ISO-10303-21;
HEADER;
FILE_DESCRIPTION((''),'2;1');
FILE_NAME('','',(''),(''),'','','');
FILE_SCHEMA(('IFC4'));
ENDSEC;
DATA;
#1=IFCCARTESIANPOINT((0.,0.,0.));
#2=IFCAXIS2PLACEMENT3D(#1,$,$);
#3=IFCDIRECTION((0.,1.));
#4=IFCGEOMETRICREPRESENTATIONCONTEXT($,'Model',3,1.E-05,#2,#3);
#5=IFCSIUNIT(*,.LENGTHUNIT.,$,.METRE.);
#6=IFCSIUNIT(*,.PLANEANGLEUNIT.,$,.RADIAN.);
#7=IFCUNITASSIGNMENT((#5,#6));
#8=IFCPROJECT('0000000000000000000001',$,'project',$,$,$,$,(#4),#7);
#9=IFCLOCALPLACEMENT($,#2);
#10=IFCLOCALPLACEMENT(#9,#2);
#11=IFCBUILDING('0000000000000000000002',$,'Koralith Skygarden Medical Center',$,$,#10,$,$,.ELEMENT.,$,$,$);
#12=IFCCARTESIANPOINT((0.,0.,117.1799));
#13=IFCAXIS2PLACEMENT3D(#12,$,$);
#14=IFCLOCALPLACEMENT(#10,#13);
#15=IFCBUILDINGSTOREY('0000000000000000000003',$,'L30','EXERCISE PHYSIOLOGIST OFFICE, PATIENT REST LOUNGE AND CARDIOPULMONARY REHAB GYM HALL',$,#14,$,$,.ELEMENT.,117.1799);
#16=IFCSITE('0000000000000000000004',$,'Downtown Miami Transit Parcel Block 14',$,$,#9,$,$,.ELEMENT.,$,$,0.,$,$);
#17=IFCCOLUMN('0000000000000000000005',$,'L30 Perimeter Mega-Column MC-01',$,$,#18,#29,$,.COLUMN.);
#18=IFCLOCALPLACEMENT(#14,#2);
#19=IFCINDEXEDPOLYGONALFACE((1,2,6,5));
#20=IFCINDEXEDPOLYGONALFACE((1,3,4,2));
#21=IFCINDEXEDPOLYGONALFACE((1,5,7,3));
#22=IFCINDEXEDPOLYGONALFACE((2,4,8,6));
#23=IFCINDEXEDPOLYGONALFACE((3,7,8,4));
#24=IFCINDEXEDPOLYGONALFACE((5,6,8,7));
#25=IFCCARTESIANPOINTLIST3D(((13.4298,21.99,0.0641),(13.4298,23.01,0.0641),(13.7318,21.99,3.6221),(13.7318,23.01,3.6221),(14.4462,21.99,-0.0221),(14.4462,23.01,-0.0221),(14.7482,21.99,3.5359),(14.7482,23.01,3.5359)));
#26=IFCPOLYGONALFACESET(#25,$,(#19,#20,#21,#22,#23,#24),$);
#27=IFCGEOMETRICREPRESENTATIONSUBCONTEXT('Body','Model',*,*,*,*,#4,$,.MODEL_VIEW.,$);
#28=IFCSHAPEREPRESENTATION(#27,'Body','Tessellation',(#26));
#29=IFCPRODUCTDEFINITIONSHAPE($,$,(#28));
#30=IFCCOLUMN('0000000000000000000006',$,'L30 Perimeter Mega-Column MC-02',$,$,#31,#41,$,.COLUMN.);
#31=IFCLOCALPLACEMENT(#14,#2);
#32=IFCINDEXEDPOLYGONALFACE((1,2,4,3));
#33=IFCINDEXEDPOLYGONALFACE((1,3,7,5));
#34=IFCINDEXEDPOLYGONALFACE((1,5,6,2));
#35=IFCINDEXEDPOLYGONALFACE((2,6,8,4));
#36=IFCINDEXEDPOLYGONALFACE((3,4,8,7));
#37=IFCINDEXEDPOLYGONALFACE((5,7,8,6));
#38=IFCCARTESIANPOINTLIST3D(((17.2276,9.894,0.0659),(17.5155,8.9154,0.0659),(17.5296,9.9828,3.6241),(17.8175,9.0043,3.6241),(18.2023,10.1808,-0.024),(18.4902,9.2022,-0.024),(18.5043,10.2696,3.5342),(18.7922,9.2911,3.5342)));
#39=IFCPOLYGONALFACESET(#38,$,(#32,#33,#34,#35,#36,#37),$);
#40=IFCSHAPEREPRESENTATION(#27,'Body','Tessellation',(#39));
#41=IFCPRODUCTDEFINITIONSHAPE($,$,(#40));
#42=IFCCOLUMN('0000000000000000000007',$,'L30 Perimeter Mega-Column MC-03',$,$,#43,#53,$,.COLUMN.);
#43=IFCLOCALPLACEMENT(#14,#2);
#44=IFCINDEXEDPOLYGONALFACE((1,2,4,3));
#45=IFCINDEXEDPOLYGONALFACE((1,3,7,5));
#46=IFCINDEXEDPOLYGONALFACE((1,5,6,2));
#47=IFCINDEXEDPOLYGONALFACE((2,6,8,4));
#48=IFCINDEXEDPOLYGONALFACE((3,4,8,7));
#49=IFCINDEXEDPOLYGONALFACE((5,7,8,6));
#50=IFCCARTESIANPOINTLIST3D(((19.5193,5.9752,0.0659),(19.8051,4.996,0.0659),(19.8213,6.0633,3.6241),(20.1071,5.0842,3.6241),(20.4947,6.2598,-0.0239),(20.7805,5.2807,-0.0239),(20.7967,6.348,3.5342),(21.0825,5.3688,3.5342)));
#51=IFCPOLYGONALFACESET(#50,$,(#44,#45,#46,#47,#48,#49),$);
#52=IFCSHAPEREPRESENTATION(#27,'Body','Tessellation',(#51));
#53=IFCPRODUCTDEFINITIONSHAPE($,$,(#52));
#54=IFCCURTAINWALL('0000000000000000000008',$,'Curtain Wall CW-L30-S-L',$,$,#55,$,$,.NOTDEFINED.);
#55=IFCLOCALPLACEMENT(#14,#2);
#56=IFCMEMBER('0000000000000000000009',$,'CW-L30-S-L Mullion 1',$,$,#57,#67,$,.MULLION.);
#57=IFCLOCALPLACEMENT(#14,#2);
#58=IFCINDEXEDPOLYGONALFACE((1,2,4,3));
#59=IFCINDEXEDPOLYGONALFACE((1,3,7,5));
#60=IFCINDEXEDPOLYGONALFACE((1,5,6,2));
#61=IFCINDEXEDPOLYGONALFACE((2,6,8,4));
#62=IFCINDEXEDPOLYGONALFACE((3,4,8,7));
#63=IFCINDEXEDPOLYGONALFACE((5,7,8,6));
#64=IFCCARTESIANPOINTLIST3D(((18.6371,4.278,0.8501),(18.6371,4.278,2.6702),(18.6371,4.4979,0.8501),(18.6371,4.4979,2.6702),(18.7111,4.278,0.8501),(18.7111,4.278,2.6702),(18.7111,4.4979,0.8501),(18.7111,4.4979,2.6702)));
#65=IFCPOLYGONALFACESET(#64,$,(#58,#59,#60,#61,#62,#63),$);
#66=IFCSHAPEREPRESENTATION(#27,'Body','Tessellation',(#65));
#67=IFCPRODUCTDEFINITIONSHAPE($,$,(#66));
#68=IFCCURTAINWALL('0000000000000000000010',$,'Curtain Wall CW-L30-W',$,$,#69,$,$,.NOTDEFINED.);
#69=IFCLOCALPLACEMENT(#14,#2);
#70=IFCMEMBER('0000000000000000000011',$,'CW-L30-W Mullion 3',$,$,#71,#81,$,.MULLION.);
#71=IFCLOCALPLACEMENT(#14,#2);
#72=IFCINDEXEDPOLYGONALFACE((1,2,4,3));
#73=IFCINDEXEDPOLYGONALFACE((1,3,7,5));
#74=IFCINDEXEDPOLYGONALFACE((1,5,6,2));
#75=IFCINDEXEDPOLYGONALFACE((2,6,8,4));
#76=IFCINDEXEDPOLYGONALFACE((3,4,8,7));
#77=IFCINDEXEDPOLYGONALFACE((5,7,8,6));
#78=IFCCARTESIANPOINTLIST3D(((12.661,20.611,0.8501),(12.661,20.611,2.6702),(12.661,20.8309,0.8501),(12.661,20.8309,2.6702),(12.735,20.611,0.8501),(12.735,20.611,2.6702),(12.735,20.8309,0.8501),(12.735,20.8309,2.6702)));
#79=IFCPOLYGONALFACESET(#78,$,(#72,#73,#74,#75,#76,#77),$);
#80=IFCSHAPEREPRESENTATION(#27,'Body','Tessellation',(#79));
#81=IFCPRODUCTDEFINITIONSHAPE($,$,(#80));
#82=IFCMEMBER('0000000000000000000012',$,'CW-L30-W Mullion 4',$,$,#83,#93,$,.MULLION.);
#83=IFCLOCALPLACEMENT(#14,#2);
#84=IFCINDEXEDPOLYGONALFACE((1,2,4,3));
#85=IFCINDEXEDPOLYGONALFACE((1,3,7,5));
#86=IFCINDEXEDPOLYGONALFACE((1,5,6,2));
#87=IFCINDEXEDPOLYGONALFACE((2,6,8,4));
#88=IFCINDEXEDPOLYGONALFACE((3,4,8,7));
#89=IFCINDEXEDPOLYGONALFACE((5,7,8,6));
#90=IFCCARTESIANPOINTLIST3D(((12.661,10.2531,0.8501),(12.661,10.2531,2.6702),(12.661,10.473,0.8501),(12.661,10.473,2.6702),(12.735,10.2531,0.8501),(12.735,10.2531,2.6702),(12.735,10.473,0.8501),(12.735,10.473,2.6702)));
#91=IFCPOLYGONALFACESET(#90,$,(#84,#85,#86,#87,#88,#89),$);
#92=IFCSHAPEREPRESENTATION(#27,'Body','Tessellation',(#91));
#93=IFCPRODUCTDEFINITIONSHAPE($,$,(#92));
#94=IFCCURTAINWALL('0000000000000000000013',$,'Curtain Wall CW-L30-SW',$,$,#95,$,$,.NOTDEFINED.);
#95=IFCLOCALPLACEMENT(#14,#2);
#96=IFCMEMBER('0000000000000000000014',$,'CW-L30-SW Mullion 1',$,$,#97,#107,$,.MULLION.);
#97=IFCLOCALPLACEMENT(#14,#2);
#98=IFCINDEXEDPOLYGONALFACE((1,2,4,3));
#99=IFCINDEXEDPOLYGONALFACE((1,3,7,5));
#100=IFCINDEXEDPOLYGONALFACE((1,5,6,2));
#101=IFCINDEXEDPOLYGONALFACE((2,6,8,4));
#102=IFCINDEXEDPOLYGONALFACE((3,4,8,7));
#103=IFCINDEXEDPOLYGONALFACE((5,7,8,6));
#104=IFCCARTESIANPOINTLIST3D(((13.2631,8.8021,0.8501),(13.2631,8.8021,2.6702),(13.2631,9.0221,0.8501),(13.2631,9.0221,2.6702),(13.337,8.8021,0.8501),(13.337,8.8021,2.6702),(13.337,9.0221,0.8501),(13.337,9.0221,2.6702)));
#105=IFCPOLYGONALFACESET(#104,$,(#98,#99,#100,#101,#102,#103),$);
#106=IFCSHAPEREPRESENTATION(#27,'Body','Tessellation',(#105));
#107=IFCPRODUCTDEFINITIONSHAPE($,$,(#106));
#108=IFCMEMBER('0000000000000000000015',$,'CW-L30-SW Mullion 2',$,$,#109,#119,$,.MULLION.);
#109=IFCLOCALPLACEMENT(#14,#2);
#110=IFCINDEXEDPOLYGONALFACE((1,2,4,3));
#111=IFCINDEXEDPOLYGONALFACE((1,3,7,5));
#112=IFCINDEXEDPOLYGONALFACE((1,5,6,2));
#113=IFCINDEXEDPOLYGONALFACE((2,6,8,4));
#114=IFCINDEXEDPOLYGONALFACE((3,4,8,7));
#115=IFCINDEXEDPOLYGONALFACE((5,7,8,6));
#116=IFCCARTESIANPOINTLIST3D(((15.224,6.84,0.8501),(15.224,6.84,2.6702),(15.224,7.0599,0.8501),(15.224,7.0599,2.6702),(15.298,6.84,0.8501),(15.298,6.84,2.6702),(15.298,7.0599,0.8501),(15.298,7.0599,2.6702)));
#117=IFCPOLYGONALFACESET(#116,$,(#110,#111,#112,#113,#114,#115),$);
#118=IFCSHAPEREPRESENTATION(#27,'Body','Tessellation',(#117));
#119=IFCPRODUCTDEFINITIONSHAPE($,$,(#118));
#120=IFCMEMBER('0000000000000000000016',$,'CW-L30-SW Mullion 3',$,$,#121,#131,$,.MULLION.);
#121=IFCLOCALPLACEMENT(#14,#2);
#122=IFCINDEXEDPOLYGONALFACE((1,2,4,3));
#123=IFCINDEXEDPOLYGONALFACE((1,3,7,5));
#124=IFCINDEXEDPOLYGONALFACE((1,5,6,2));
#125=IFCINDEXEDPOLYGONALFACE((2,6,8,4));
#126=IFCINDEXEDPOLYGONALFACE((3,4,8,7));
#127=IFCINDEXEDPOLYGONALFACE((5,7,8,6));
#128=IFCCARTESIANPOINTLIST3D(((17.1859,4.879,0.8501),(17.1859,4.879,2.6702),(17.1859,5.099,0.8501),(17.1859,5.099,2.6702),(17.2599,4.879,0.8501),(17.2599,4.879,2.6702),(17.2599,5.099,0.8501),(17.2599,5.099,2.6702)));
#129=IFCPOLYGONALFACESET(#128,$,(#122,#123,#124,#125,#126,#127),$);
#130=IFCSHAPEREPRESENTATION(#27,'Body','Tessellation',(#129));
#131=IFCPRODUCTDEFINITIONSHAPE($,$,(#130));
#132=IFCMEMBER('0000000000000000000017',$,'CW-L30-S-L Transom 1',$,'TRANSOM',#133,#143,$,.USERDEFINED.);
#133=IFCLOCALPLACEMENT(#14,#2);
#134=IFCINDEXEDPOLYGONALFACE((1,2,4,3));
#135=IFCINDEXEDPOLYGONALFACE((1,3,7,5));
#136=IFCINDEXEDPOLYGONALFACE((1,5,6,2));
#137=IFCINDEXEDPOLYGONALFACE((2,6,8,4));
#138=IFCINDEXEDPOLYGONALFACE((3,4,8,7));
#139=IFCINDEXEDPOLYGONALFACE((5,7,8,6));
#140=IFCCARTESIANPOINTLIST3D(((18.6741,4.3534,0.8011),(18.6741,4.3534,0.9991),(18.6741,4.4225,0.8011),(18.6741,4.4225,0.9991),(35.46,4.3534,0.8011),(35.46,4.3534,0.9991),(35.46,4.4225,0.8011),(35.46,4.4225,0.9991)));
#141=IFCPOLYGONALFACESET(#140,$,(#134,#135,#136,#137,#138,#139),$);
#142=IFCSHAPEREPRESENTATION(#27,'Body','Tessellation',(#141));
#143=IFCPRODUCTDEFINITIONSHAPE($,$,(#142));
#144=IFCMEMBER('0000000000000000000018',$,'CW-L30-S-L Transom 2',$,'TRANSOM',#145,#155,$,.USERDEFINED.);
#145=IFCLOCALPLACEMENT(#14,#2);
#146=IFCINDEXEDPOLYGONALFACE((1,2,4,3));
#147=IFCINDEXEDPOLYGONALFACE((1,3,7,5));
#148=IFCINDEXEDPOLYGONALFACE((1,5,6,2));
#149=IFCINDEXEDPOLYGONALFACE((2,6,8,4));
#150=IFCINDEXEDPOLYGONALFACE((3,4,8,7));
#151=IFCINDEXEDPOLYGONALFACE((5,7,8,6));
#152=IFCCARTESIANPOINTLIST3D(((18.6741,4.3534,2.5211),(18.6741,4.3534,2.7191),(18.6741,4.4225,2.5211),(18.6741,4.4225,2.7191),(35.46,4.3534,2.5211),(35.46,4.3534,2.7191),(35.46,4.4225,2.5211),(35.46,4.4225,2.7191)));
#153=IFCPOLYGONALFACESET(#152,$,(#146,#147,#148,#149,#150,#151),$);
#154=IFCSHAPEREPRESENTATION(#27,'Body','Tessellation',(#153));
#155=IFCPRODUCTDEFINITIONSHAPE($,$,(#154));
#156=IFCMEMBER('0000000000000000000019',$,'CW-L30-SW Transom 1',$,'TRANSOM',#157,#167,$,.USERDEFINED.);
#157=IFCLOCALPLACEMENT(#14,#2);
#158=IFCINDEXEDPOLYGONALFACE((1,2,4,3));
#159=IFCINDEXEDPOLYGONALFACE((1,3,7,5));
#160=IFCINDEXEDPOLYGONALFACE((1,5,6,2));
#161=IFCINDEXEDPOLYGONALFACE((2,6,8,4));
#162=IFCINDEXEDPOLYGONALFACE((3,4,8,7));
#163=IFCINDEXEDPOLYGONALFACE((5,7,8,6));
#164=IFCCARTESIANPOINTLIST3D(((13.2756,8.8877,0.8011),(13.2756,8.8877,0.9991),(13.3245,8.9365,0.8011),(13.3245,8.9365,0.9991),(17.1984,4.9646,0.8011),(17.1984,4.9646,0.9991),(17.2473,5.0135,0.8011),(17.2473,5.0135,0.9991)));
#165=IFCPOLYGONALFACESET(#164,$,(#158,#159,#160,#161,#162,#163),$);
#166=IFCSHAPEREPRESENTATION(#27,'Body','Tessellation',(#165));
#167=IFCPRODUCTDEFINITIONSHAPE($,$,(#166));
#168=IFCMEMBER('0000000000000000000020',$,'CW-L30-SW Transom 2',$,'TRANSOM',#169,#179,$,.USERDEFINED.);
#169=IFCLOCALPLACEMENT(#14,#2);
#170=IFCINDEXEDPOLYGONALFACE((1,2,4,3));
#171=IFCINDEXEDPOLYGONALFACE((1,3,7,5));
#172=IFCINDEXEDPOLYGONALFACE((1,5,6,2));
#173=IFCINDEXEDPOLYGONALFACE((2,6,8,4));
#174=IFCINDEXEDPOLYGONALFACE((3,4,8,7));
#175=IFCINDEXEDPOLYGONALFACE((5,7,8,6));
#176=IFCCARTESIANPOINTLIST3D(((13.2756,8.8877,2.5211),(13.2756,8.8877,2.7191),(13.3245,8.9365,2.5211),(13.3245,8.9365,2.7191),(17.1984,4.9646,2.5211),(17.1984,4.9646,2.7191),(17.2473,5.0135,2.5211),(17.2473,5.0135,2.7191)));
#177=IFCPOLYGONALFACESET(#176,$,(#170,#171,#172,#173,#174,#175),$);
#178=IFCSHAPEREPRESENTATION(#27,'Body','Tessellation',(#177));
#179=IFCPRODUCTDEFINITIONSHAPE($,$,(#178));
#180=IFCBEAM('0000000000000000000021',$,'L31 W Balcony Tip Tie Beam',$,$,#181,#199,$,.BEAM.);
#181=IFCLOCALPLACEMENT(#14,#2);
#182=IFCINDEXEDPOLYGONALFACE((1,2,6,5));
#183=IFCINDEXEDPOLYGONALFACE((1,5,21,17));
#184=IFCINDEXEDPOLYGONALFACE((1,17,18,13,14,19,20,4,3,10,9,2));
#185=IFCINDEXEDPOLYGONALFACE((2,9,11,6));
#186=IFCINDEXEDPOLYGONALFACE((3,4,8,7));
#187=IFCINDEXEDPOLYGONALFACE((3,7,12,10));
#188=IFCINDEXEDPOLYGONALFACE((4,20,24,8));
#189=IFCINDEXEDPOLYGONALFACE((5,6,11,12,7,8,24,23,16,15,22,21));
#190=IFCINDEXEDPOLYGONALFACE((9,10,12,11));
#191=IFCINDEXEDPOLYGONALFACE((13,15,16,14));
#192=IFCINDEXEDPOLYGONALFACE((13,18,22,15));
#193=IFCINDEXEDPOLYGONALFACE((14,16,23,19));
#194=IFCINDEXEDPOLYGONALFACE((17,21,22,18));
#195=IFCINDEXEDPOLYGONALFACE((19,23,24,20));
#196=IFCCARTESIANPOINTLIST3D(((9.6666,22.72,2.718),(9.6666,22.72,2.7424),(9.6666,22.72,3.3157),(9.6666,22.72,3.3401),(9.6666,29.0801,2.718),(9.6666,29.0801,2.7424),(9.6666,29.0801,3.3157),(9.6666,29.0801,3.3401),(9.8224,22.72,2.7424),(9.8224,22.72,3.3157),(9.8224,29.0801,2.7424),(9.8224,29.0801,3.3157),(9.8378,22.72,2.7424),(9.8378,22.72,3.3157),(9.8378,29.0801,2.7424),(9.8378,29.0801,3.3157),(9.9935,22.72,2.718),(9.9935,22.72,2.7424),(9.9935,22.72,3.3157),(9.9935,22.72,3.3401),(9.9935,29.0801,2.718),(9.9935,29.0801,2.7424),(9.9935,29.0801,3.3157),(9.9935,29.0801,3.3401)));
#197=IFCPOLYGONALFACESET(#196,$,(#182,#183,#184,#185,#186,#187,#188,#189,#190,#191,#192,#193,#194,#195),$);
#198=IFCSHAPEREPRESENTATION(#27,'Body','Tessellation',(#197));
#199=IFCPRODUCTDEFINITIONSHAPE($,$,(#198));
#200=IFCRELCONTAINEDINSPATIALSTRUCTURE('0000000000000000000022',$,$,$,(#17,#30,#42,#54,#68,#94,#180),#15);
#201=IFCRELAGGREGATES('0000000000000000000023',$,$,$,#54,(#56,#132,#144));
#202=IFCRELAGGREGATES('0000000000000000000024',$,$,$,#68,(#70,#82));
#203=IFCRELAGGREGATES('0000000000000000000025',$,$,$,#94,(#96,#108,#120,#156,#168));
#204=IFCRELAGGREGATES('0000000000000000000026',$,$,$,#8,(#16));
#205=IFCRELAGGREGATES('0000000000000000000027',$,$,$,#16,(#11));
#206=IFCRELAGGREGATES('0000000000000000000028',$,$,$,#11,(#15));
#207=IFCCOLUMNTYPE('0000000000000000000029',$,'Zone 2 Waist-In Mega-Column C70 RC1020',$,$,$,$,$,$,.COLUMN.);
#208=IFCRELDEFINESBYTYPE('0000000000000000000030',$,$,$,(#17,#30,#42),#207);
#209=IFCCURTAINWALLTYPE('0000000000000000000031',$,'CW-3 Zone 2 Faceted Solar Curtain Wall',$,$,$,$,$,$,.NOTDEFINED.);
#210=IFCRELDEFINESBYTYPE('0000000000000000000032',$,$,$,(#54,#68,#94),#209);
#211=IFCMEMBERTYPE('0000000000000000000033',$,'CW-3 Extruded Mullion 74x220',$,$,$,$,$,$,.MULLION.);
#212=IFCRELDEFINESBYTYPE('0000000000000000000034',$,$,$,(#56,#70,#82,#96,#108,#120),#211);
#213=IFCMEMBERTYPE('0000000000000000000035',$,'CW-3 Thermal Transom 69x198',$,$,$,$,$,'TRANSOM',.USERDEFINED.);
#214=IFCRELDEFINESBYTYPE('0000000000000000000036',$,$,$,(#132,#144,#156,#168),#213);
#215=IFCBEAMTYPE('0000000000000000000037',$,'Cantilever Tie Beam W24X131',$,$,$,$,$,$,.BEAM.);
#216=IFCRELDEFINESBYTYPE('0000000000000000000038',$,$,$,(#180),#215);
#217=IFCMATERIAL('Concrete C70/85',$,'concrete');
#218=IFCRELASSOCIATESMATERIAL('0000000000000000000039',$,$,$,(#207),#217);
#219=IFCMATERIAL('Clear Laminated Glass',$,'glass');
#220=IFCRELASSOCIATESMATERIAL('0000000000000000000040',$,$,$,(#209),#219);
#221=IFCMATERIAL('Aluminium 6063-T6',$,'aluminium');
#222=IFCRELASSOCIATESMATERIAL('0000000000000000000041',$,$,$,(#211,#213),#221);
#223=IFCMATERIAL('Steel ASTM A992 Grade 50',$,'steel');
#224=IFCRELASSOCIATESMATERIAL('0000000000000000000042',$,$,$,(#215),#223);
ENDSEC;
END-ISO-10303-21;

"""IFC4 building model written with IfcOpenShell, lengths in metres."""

from ifc_helpers import new_model, si_unit, direction, frame, origin, origin_2d, place, context, subcontext, project, spatial, rectangle, i_section, extrude, material, material_profile, profile_set, type_object, element, aggregate, save


model = new_model("IFC4")

# Units and contexts
model_context = context("Model", 3, precision=1e-05, world=origin(), true_north=direction((0.0, 1.0)))
body_context = subcontext(model_context, "Body", "Model", "MODEL_VIEW")
ifc_project = project(units=[si_unit("LENGTHUNIT", "METRE"), si_unit("PLANEANGLEUNIT", "RADIAN")], contexts=[model_context])

# Site, building, storey
site_placement = place(None, origin())
site = spatial("IfcSite", under=ifc_project, at=site_placement, Name="Downtown Miami Transit Parcel Block 14", CompositionType="ELEMENT", RefElevation=0.0)
building_placement = place(site_placement, origin())
building = spatial("IfcBuilding", under=site, at=building_placement, Name="Koralith Skygarden Medical Center", CompositionType="ELEMENT")
storey_placement = place(building_placement, frame((0.0, 0.0, 117.1799)))
storey = spatial("IfcBuildingStorey", under=building, at=storey_placement, Name="L30", Description="EXERCISE PHYSIOLOGIST OFFICE, PATIENT REST LOUNGE AND CARDIOPULMONARY REHAB GYM HALL", CompositionType="ELEMENT", Elevation=117.1799)

# Columns
ifc_material_1 = material(Name="Concrete C70/85", Category="concrete")
ifc_material_profile_1 = material_profile(ifc_material_1, rectangle(XDim=1.02, YDim=1.02, at=origin_2d()), Name="RC1020X1020")
ifc_profile_set_1 = profile_set([ifc_material_profile_1], Name="Concrete C70/85")
column_type = type_object("IfcColumnType", Name="Zone 2 Waist-In Mega-Column C70 RC1020", PredefinedType="COLUMN", material=ifc_profile_set_1)
column_placement = place(storey_placement, frame((13.938, 22.5, 0.021), z_axis=(0.084573, 0.0, 0.996417), x_axis=(0.0, 1.0, 0.0)))
element("IfcColumn", 1, at=column_placement, inside=storey, type_object=column_type, Name="L30 Perimeter Mega-Column MC-01", PredefinedType="COLUMN", context=body_context, shape_type="SweptSolid", body=[
    extrude(rectangle(XDim=1.02, YDim=1.02, at=origin_2d()), origin(), (0.0, 0.0, 1.0), 3.5708),
])
for number, where, z_axis, x_axis, name in (
    (2, (17.8589, 9.5481, 0.021), (0.084547, 0.024879, 0.996109), (-0.282292, 0.959328, 0.0), "L30 Perimeter Mega-Column MC-02"),
    (3, (20.1499, 5.6279, 0.021), (0.084547, 0.024674, 0.996114), (-0.280149, 0.959957, 0.0), "L30 Perimeter Mega-Column MC-03"),
):
    element("IfcColumn", number, at=place(storey_placement, frame(where, z_axis=z_axis, x_axis=x_axis)), inside=storey, type_object=column_type, Name=name, PredefinedType="COLUMN", context=body_context, shape_type="SweptSolid", body=[
        extrude(rectangle(XDim=1.02, YDim=1.02, at=origin_2d()), origin(), (0.0, 0.0, 1.0), 3.572),
    ])

# Curtain wall, member
ifc_material_2 = material(Name="Clear Laminated Glass", Category="glass")
curtain_wall_type = type_object("IfcCurtainWallType", Name="CW-3 Zone 2 Faceted Solar Curtain Wall", PredefinedType="NOTDEFINED", material=ifc_material_2)
curtain_wall_1_placement = place(storey_placement, origin())
curtain_wall_1 = element("IfcCurtainWall", 4, at=curtain_wall_1_placement, inside=storey, type_object=curtain_wall_type, Name="Curtain Wall CW-L30-S-L", PredefinedType="NOTDEFINED")
ifc_material_3 = material(Name="Aluminium 6063-T6", Category="aluminium")
ifc_material_profile_2 = material_profile(ifc_material_3, rectangle(XDim=0.074, YDim=0.22, at=origin_2d()), Name="MUL74X220")
ifc_profile_set_2 = profile_set([ifc_material_profile_2], Name="Aluminium 6063-T6")
member_type_1 = type_object("IfcMemberType", Name="CW-3 Extruded Mullion 74x220", PredefinedType="MULLION", material=ifc_profile_set_2)
member_1_placement = place(storey_placement, frame((18.6741, 4.3879, 0.8501), z_axis=(0.0, 0.0, 1.0), x_axis=(1.0, 0.0, 0.0)))
member_1 = element("IfcMember", 5, at=member_1_placement, type_object=member_type_1, Name="CW-L30-S-L Mullion 1", PredefinedType="MULLION", context=body_context, shape_type="SweptSolid", body=[
    extrude(rectangle(XDim=0.074, YDim=0.22, at=origin_2d()), origin(), (0.0, 0.0, 1.0), 1.8201),
])

# Curtain walls, members
curtain_wall_2_placement = place(storey_placement, origin())
curtain_wall_2 = element("IfcCurtainWall", 6, at=curtain_wall_2_placement, inside=storey, type_object=curtain_wall_type, Name="Curtain Wall CW-L30-W", PredefinedType="NOTDEFINED")
member_2_placement = place(storey_placement, frame((12.698, 20.7209, 0.8501), z_axis=(0.0, 0.0, 1.0), x_axis=(1.0, 0.0, 0.0)))
member_2 = element("IfcMember", 7, at=member_2_placement, type_object=member_type_1, Name="CW-L30-W Mullion 3", PredefinedType="MULLION", context=body_context, shape_type="SweptSolid", body=[
    extrude(rectangle(XDim=0.074, YDim=0.22, at=origin_2d()), origin(), (0.0, 0.0, 1.0), 1.8201),
])
member_3_placement = place(storey_placement, frame((12.698, 10.363, 0.8501), z_axis=(0.0, 0.0, 1.0), x_axis=(1.0, 0.0, 0.0)))
member_3 = element("IfcMember", 8, at=member_3_placement, type_object=member_type_1, Name="CW-L30-W Mullion 4", PredefinedType="MULLION", context=body_context, shape_type="SweptSolid", body=[
    extrude(rectangle(XDim=0.074, YDim=0.22, at=origin_2d()), origin(), (0.0, 0.0, 1.0), 1.8201),
])
curtain_wall_3_placement = place(storey_placement, origin())
curtain_wall_3 = element("IfcCurtainWall", 9, at=curtain_wall_3_placement, inside=storey, type_object=curtain_wall_type, Name="Curtain Wall CW-L30-SW", PredefinedType="NOTDEFINED")
member_4_placement = place(storey_placement, frame((13.3, 8.9121, 0.8501), z_axis=(0.0, 0.0, 1.0), x_axis=(1.0, 0.0, 0.0)))
member_4 = element("IfcMember", 10, at=member_4_placement, type_object=member_type_1, Name="CW-L30-SW Mullion 1", PredefinedType="MULLION", context=body_context, shape_type="SweptSolid", body=[
    extrude(rectangle(XDim=0.074, YDim=0.22, at=origin_2d()), origin(), (0.0, 0.0, 1.0), 1.8201),
])
member_5_placement = place(storey_placement, frame((15.261, 6.95, 0.8501), z_axis=(0.0, 0.0, 1.0), x_axis=(1.0, 0.0, 0.0)))
member_5 = element("IfcMember", 11, at=member_5_placement, type_object=member_type_1, Name="CW-L30-SW Mullion 2", PredefinedType="MULLION", context=body_context, shape_type="SweptSolid", body=[
    extrude(rectangle(XDim=0.074, YDim=0.22, at=origin_2d()), origin(), (0.0, 0.0, 1.0), 1.8201),
])
member_6_placement = place(storey_placement, frame((17.2229, 4.989, 0.8501), z_axis=(0.0, 0.0, 1.0), x_axis=(1.0, 0.0, 0.0)))
member_6 = element("IfcMember", 12, at=member_6_placement, type_object=member_type_1, Name="CW-L30-SW Mullion 3", PredefinedType="MULLION", context=body_context, shape_type="SweptSolid", body=[
    extrude(rectangle(XDim=0.074, YDim=0.22, at=origin_2d()), origin(), (0.0, 0.0, 1.0), 1.8201),
])

# Members
ifc_material_profile_3 = material_profile(ifc_material_3, rectangle(XDim=0.0691, YDim=0.198, at=origin_2d()), Name="TRN69X198")
ifc_profile_set_3 = profile_set([ifc_material_profile_3], Name="Aluminium 6063-T6")
member_type_2 = type_object("IfcMemberType", Name="CW-3 Thermal Transom 69x198", ElementType="TRANSOM", PredefinedType="USERDEFINED", material=ifc_profile_set_3)
member_7_placement = place(storey_placement, frame((18.6741, 4.3879, 0.9001), z_axis=(1.0, 0.0, 0.0), x_axis=(0.0, 1.0, 0.0)))
member_7 = element("IfcMember", 13, at=member_7_placement, type_object=member_type_2, Name="CW-L30-S-L Transom 1", ObjectType="TRANSOM", PredefinedType="USERDEFINED", context=body_context, shape_type="SweptSolid", body=[
    extrude(rectangle(XDim=0.0691, YDim=0.198, at=origin_2d()), origin(), (0.0, 0.0, 1.0), 16.7859),
])
member_8_placement = place(storey_placement, frame((18.6741, 4.3879, 2.6201), z_axis=(1.0, 0.0, 0.0), x_axis=(0.0, 1.0, 0.0)))
member_8 = element("IfcMember", 14, at=member_8_placement, type_object=member_type_2, Name="CW-L30-S-L Transom 2", ObjectType="TRANSOM", PredefinedType="USERDEFINED", context=body_context, shape_type="SweptSolid", body=[
    extrude(rectangle(XDim=0.0691, YDim=0.198, at=origin_2d()), origin(), (0.0, 0.0, 1.0), 16.7859),
])
member_9_placement = place(storey_placement, frame((13.3, 8.9121, 0.9001), z_axis=(0.707085, -0.707129, 0.0), x_axis=(0.707129, 0.707085, 0.0)))
member_9 = element("IfcMember", 15, at=member_9_placement, type_object=member_type_2, Name="CW-L30-SW Transom 1", ObjectType="TRANSOM", PredefinedType="USERDEFINED", context=body_context, shape_type="SweptSolid", body=[
    extrude(rectangle(XDim=0.0691, YDim=0.198, at=origin_2d()), origin(), (0.0, 0.0, 1.0), 5.5479),
])
member_10_placement = place(storey_placement, frame((13.3, 8.9121, 2.6201), z_axis=(0.707085, -0.707129, 0.0), x_axis=(0.707129, 0.707085, 0.0)))
member_10 = element("IfcMember", 16, at=member_10_placement, type_object=member_type_2, Name="CW-L30-SW Transom 2", ObjectType="TRANSOM", PredefinedType="USERDEFINED", context=body_context, shape_type="SweptSolid", body=[
    extrude(rectangle(XDim=0.0691, YDim=0.198, at=origin_2d()), origin(), (0.0, 0.0, 1.0), 5.5479),
])

# Beam
ifc_material_4 = material(Name="Steel ASTM A992 Grade 50", Category="steel")
ifc_material_profile_4 = material_profile(ifc_material_4, i_section(OverallWidth=0.3269, OverallDepth=0.6221, WebThickness=0.0154, FlangeThickness=0.0244, at=origin_2d()), Name="W24X131")
ifc_profile_set_4 = profile_set([ifc_material_profile_4], Name="Steel ASTM A992 Grade 50")
beam_type_1 = type_object("IfcBeamType", Name="Cantilever Tie Beam W24X131", PredefinedType="BEAM", material=ifc_profile_set_4)
beam_1_placement = place(storey_placement, frame((9.8301, 22.72, 3.0291), z_axis=(0.0, 1.0, 0.0), x_axis=(-1.0, 0.0, 0.0)))
element("IfcBeam", 17, at=beam_1_placement, inside=storey, type_object=beam_type_1, Name="L31 W Balcony Tip Tie Beam", PredefinedType="BEAM", context=body_context, shape_type="SweptSolid", body=[
    extrude(i_section(OverallWidth=0.3269, OverallDepth=0.6221, WebThickness=0.0154, FlangeThickness=0.0244, at=origin_2d()), origin(), (0.0, 0.0, 1.0), 6.3601),
])

aggregate(curtain_wall_1, [member_1, member_7, member_8])
aggregate(curtain_wall_2, [member_2, member_3])
aggregate(curtain_wall_3, [member_4, member_5, member_6, member_9, member_10])

save(model, "model.ifc")
